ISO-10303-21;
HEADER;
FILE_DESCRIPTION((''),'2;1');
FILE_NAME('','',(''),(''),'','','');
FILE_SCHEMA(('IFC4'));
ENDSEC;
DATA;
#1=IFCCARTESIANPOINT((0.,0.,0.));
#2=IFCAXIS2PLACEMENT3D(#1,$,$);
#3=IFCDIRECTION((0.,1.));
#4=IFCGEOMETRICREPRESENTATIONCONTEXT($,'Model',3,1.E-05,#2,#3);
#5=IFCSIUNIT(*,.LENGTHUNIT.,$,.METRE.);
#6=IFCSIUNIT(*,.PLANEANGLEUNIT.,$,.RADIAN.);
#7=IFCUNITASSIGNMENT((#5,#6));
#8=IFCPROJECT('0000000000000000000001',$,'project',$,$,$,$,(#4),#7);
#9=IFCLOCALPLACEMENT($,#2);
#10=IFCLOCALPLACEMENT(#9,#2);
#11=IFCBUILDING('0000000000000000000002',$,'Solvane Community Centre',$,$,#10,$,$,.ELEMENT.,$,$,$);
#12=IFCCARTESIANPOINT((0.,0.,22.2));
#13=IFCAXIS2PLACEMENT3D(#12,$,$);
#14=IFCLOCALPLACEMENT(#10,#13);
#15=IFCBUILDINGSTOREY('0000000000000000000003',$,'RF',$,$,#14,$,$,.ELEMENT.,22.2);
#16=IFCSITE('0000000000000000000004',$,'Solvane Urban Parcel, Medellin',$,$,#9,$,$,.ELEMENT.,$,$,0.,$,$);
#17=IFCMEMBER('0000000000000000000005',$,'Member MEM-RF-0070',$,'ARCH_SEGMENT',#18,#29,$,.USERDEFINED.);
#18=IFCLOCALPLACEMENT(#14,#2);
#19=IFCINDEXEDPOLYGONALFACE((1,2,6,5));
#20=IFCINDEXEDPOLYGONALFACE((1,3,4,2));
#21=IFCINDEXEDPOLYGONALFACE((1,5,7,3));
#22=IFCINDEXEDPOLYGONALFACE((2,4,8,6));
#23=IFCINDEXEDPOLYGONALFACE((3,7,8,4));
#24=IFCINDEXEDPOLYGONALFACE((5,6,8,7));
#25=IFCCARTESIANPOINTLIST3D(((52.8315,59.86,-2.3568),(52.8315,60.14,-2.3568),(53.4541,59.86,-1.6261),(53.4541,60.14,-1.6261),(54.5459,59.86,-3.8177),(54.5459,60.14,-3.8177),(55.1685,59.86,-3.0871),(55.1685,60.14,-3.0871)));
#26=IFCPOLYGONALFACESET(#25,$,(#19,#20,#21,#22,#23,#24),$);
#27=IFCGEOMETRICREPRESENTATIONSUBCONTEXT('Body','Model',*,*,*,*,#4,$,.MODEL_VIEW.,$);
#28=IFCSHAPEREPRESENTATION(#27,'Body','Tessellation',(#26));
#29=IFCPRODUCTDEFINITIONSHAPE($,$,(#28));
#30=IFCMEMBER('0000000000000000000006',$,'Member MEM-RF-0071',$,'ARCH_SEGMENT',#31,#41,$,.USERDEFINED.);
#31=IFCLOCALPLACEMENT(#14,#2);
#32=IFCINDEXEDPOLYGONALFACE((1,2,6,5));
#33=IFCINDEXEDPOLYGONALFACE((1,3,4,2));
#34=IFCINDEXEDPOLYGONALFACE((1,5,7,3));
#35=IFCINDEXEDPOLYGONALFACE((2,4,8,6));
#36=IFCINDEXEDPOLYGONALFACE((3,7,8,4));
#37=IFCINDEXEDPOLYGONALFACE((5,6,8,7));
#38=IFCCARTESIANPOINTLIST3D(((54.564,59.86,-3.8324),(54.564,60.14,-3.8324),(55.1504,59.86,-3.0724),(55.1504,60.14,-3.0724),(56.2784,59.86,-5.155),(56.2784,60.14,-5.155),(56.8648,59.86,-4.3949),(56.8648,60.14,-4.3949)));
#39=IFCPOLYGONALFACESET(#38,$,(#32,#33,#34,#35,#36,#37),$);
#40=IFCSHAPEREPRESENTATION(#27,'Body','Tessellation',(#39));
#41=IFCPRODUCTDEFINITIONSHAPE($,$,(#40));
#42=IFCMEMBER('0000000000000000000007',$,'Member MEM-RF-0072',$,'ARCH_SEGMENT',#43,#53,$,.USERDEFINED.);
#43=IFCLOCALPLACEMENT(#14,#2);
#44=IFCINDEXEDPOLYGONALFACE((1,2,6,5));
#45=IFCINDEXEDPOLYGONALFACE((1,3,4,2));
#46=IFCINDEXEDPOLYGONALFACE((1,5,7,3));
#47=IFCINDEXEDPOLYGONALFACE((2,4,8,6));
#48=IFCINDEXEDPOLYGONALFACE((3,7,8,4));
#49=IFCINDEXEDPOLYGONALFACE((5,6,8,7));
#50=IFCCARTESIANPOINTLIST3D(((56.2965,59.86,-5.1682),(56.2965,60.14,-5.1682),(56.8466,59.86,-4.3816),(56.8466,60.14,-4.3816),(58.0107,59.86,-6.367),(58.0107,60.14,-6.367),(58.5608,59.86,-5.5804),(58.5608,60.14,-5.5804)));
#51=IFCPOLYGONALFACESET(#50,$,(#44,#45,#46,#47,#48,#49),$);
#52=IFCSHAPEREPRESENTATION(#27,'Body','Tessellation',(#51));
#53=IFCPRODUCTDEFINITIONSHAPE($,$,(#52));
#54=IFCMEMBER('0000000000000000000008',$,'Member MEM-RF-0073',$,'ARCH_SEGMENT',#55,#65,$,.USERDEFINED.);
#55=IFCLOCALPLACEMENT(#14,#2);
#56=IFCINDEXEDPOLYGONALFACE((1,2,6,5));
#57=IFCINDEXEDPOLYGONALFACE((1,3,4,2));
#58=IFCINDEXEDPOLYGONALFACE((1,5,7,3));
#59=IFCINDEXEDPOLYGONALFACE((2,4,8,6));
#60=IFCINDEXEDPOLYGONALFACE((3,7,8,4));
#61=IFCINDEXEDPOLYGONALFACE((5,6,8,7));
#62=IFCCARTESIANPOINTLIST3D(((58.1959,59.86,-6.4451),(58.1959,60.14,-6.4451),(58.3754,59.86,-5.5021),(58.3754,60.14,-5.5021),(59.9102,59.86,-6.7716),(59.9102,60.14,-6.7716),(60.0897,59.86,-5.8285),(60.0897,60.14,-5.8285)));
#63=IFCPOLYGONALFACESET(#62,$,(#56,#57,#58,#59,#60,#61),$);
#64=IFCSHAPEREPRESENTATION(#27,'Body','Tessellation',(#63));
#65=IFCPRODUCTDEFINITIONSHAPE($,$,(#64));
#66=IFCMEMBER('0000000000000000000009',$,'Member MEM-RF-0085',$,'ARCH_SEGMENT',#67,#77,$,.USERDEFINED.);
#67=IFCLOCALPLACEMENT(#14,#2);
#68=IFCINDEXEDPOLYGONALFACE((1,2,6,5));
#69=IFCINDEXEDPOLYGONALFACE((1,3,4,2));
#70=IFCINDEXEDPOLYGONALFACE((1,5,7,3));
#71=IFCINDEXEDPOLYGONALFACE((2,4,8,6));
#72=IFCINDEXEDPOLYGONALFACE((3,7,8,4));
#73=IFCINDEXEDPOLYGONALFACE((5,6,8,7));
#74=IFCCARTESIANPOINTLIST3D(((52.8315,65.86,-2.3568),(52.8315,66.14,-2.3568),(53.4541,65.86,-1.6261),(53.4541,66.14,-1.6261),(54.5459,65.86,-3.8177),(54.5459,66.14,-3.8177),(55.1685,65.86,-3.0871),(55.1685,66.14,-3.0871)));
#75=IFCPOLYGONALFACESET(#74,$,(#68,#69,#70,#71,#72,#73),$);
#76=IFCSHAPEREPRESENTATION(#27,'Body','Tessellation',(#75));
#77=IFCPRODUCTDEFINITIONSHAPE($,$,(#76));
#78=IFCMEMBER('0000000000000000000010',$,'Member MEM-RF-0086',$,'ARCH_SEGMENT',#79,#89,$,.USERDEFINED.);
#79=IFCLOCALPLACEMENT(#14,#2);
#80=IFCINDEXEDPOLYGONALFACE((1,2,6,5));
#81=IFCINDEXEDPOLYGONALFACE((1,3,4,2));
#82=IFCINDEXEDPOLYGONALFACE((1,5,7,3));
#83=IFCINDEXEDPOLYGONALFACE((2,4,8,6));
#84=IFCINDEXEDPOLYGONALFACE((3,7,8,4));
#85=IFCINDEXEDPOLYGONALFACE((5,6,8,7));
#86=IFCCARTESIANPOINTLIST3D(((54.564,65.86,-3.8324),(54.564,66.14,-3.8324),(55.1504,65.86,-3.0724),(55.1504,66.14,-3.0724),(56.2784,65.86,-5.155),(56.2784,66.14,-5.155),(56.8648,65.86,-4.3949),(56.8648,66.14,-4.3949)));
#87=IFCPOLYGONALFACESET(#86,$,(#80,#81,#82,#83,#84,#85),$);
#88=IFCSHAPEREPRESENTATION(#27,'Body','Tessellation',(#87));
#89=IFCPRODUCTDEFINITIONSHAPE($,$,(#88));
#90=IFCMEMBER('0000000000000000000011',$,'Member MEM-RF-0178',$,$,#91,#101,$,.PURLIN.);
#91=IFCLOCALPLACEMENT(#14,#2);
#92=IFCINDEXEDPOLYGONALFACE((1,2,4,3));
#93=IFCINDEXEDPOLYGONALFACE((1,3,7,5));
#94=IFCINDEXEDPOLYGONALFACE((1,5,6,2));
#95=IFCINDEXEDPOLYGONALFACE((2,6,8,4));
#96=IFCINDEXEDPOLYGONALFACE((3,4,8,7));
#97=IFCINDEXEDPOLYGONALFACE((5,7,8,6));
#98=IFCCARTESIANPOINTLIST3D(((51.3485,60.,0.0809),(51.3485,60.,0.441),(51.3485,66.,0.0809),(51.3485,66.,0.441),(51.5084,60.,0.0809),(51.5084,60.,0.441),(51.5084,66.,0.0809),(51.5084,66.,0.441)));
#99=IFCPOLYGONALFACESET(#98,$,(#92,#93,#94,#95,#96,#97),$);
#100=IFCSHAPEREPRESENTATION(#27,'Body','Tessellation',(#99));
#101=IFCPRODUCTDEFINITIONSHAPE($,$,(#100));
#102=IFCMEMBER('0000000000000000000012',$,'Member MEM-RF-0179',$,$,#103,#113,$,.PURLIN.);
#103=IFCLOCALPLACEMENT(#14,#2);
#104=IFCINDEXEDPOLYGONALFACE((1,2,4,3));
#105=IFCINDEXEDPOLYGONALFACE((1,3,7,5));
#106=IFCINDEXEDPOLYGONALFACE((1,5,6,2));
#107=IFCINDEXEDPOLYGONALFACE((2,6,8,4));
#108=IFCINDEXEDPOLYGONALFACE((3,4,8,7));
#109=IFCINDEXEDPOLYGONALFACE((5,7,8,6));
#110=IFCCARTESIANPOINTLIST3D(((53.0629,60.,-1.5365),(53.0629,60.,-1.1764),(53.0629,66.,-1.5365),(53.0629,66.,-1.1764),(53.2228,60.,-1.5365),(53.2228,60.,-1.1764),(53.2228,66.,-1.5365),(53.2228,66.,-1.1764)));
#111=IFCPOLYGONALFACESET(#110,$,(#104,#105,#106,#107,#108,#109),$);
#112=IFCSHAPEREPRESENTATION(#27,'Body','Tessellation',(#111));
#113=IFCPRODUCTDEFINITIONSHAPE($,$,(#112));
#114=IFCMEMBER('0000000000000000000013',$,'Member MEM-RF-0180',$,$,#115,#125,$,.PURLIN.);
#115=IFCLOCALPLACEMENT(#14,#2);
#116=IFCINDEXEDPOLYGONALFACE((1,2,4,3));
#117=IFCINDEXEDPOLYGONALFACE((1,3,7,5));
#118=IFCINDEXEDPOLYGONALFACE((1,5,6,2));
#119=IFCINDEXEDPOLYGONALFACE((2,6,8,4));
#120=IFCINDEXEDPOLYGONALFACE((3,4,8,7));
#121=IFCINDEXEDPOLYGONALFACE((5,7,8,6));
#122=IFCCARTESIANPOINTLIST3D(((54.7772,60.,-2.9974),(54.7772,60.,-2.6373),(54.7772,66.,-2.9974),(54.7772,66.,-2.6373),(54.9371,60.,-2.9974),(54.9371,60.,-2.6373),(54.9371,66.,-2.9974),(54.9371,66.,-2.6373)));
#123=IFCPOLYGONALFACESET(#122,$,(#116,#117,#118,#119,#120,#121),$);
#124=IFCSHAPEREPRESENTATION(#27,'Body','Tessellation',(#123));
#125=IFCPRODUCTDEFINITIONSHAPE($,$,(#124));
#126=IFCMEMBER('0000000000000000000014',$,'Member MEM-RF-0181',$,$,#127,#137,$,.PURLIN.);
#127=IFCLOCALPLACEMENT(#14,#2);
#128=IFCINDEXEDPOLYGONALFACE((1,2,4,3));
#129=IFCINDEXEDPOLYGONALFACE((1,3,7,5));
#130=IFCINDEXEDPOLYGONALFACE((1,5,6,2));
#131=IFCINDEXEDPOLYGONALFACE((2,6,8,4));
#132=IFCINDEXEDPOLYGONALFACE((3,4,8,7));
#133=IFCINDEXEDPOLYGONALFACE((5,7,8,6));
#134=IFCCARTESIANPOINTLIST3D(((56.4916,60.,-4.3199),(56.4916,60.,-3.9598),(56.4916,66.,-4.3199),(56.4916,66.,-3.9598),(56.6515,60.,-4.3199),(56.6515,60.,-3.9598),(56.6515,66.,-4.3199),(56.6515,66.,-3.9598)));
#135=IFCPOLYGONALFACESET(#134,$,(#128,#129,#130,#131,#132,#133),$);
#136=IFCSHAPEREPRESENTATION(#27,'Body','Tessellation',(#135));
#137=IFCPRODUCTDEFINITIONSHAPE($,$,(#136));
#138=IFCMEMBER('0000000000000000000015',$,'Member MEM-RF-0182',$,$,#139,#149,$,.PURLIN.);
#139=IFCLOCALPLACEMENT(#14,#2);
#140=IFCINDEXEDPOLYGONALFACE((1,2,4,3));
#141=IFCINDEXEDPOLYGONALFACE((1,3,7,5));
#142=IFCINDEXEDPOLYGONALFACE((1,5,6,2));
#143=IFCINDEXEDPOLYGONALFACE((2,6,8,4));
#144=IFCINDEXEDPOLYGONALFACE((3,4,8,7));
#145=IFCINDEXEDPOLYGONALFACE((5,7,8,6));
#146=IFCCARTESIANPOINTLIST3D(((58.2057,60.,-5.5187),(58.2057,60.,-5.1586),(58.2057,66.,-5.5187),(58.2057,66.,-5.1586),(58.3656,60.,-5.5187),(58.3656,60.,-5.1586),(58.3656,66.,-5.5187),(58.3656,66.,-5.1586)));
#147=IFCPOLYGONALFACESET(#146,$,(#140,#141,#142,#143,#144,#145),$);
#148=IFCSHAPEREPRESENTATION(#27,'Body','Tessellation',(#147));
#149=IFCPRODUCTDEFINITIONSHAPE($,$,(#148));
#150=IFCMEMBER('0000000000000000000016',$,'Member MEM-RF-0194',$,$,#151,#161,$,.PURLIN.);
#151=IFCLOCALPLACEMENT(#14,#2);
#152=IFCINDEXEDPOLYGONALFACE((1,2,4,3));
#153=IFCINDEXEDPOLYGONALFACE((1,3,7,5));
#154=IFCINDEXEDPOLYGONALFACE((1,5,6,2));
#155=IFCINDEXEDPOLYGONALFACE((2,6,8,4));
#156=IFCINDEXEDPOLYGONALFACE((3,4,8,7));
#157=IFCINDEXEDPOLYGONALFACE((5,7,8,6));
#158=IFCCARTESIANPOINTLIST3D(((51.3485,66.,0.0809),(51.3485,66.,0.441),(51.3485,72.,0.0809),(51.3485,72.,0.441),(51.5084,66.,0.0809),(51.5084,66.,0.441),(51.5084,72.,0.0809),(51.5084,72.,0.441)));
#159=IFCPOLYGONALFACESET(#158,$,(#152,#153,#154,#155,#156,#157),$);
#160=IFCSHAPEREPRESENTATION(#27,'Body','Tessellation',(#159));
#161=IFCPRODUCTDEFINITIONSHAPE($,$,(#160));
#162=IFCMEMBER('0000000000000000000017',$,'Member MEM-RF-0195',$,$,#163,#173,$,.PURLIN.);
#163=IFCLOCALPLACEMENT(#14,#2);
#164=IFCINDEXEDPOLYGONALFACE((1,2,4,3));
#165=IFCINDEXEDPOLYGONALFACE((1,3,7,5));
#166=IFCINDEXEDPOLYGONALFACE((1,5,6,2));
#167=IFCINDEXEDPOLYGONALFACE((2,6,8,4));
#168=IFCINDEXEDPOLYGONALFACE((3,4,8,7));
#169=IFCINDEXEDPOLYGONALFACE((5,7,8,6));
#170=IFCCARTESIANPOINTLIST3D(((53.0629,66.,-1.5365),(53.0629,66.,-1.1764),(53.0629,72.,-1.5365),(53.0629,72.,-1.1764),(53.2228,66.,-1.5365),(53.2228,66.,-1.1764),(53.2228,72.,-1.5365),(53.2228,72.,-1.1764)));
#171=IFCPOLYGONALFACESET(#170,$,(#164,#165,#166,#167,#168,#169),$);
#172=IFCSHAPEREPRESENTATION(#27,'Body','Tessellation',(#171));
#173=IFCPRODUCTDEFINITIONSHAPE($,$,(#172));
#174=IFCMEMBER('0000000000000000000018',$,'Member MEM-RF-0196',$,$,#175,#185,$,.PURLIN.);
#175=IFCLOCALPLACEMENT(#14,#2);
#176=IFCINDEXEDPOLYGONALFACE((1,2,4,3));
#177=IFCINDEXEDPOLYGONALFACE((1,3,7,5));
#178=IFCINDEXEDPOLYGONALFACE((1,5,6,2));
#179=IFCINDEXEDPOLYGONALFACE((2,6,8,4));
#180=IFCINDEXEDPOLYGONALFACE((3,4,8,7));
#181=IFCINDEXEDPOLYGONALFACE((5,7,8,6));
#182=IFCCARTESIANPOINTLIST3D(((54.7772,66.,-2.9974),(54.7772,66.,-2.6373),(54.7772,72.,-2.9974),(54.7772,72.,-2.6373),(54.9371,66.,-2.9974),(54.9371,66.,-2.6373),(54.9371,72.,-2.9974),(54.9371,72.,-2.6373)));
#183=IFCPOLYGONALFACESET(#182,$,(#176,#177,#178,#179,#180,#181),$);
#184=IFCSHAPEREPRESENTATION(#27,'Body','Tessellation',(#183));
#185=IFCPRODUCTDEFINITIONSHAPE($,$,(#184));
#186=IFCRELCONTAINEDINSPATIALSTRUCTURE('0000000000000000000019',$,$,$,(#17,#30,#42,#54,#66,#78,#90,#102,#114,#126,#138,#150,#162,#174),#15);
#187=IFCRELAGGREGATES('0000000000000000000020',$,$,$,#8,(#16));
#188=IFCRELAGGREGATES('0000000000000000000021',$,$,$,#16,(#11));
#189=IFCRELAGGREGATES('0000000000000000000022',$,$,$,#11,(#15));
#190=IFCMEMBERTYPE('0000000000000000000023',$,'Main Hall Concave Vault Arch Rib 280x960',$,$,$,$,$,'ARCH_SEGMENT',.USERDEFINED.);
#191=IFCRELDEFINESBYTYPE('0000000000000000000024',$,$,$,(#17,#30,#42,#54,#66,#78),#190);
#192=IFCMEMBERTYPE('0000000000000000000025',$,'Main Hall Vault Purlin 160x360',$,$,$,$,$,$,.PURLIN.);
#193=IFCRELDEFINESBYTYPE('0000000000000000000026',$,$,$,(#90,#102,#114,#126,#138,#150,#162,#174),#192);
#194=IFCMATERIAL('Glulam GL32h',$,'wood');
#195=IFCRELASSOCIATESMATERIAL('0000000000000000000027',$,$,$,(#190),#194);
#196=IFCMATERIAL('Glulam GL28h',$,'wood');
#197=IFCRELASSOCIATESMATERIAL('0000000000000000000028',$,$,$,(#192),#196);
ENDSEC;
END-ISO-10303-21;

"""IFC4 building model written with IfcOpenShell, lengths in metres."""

from ifc_helpers import new_model, si_unit, direction, frame, origin, origin_2d, place, context, subcontext, project, spatial, rectangle, extrude, material, material_profile, profile_set, type_object, element, save


model = new_model("IFC4")

# Units and contexts
model_context = context("Model", 3, precision=1e-05, world=origin(), true_north=direction((0.0, 1.0)))
body_context = subcontext(model_context, "Body", "Model", "MODEL_VIEW")
ifc_project = project(units=[si_unit("LENGTHUNIT", "METRE"), si_unit("PLANEANGLEUNIT", "RADIAN")], contexts=[model_context])

# Site, building, storey
site_placement = place(None, origin())
site = spatial("IfcSite", under=ifc_project, at=site_placement, Name="Solvane Urban Parcel, Medellin", CompositionType="ELEMENT", RefElevation=0.0)
building_placement = place(site_placement, origin())
building = spatial("IfcBuilding", under=site, at=building_placement, Name="Solvane Community Centre", CompositionType="ELEMENT")
storey_placement = place(building_placement, frame((0.0, 0.0, 22.2)))
storey = spatial("IfcBuildingStorey", under=building, at=storey_placement, Name="RF", CompositionType="ELEMENT", Elevation=22.2)

# Members
ifc_material_1 = material(Name="Glulam GL32h", Category="wood")
ifc_material_profile_1 = material_profile(ifc_material_1, rectangle(XDim=0.28, YDim=0.96, at=origin_2d()), Name="GL32h 280x960")
ifc_profile_set_1 = profile_set([ifc_material_profile_1], Name="Glulam GL32h")
member_type_1 = type_object("IfcMemberType", Name="Main Hall Concave Vault Arch Rib 280x960", ElementType="ARCH_SEGMENT", PredefinedType="USERDEFINED", material=ifc_profile_set_1)
member_1_placement = place(storey_placement, frame((53.1428, 60.0, -1.9915), z_axis=(0.76112, 0.0, -0.648611), x_axis=(0.0, 1.0, 0.0)))
element("IfcMember", 1, at=member_1_placement, inside=storey, type_object=member_type_1, Name="Member MEM-RF-0070", ObjectType="ARCH_SEGMENT", PredefinedType="USERDEFINED", context=body_context, shape_type="SweptSolid", body=[
    extrude(rectangle(XDim=0.28, YDim=0.96, at=origin_2d()), origin(), (0.0, 0.0, 1.0), 2.2524),
])
member_2_placement = place(storey_placement, frame((54.8572, 60.0, -3.4524), z_axis=(0.791781, 0.0, -0.610805), x_axis=(0.0, 1.0, 0.0)))
element("IfcMember", 2, at=member_2_placement, inside=storey, type_object=member_type_1, Name="Member MEM-RF-0071", ObjectType="ARCH_SEGMENT", PredefinedType="USERDEFINED", context=body_context, shape_type="SweptSolid", body=[
    extrude(rectangle(XDim=0.28, YDim=0.96, at=origin_2d()), origin(), (0.0, 0.0, 1.0), 2.1653),
])
member_3_placement = place(storey_placement, frame((56.5715, 60.0, -4.7749), z_axis=(0.81949, 0.0, -0.573094), x_axis=(0.0, 1.0, 0.0)))
element("IfcMember", 3, at=member_3_placement, inside=storey, type_object=member_type_1, Name="Member MEM-RF-0072", ObjectType="ARCH_SEGMENT", PredefinedType="USERDEFINED", context=body_context, shape_type="SweptSolid", body=[
    extrude(rectangle(XDim=0.28, YDim=0.96, at=origin_2d()), origin(), (0.0, 0.0, 1.0), 2.0918),
])
member_4_placement = place(storey_placement, frame((58.2856, 60.0, -5.9736), z_axis=(0.982352, 0.0, -0.187041), x_axis=(0.0, 1.0, 0.0)))
element("IfcMember", 4, at=member_4_placement, inside=storey, type_object=member_type_1, Name="Member MEM-RF-0073", ObjectType="ARCH_SEGMENT", PredefinedType="USERDEFINED", context=body_context, shape_type="SweptSolid", body=[
    extrude(rectangle(XDim=0.28, YDim=0.96, at=origin_2d()), origin(), (0.0, 0.0, 1.0), 1.7451),
])
member_5_placement = place(storey_placement, frame((53.1428, 66.0, -1.9915), z_axis=(0.76112, 0.0, -0.648611), x_axis=(0.0, 1.0, 0.0)))
element("IfcMember", 5, at=member_5_placement, inside=storey, type_object=member_type_1, Name="Member MEM-RF-0085", ObjectType="ARCH_SEGMENT", PredefinedType="USERDEFINED", context=body_context, shape_type="SweptSolid", body=[
    extrude(rectangle(XDim=0.28, YDim=0.96, at=origin_2d()), origin(), (0.0, 0.0, 1.0), 2.2524),
])
member_6_placement = place(storey_placement, frame((54.8572, 66.0, -3.4524), z_axis=(0.791781, 0.0, -0.610805), x_axis=(0.0, 1.0, 0.0)))
element("IfcMember", 6, at=member_6_placement, inside=storey, type_object=member_type_1, Name="Member MEM-RF-0086", ObjectType="ARCH_SEGMENT", PredefinedType="USERDEFINED", context=body_context, shape_type="SweptSolid", body=[
    extrude(rectangle(XDim=0.28, YDim=0.96, at=origin_2d()), origin(), (0.0, 0.0, 1.0), 2.1653),
])
ifc_material_2 = material(Name="Glulam GL28h", Category="wood")
ifc_material_profile_2 = material_profile(ifc_material_2, rectangle(XDim=0.1599, YDim=0.3601, at=origin_2d()), Name="GL28h 160x360")
ifc_profile_set_2 = profile_set([ifc_material_profile_2], Name="Glulam GL28h")
member_type_2 = type_object("IfcMemberType", Name="Main Hall Vault Purlin 160x360", PredefinedType="PURLIN", material=ifc_profile_set_2)
for number, where, z_axis, x_axis, name in (
    (7, (51.4285, 60.0, 0.261), (0.0, 1.0, 0.0), (-1.0, 0.0, 0.0), "Member MEM-RF-0178"),
    (8, (53.1428, 60.0, -1.3564), (0.0, 1.0, 0.0), (-1.0, 0.0, 0.0), "Member MEM-RF-0179"),
    (9, (54.8572, 60.0, -2.8174), (0.0, 1.0, 0.0), (-1.0, 0.0, 0.0), "Member MEM-RF-0180"),
    (10, (56.5715, 60.0, -4.1399), (0.0, 1.0, 0.0), (-1.0, 0.0, 0.0), "Member MEM-RF-0181"),
    (11, (58.2856, 60.0, -5.3386), (0.0, 1.0, 0.0), (-1.0, 0.0, 0.0), "Member MEM-RF-0182"),
    (12, (51.4285, 66.0, 0.261), (0.0, 1.0, 0.0), (-1.0, 0.0, 0.0), "Member MEM-RF-0194"),
    (13, (53.1428, 66.0, -1.3564), (0.0, 1.0, 0.0), (-1.0, 0.0, 0.0), "Member MEM-RF-0195"),
    (14, (54.8572, 66.0, -2.8174), (0.0, 1.0, 0.0), (-1.0, 0.0, 0.0), "Member MEM-RF-0196"),
):
    element("IfcMember", number, at=place(storey_placement, frame(where, z_axis=z_axis, x_axis=x_axis)), inside=storey, type_object=member_type_2, Name=name, PredefinedType="PURLIN", context=body_context, shape_type="SweptSolid", body=[
        extrude(rectangle(XDim=0.1599, YDim=0.3601, at=origin_2d()), origin(), (0.0, 0.0, 1.0), 6.0),
    ])

save(model, "model.ifc")
